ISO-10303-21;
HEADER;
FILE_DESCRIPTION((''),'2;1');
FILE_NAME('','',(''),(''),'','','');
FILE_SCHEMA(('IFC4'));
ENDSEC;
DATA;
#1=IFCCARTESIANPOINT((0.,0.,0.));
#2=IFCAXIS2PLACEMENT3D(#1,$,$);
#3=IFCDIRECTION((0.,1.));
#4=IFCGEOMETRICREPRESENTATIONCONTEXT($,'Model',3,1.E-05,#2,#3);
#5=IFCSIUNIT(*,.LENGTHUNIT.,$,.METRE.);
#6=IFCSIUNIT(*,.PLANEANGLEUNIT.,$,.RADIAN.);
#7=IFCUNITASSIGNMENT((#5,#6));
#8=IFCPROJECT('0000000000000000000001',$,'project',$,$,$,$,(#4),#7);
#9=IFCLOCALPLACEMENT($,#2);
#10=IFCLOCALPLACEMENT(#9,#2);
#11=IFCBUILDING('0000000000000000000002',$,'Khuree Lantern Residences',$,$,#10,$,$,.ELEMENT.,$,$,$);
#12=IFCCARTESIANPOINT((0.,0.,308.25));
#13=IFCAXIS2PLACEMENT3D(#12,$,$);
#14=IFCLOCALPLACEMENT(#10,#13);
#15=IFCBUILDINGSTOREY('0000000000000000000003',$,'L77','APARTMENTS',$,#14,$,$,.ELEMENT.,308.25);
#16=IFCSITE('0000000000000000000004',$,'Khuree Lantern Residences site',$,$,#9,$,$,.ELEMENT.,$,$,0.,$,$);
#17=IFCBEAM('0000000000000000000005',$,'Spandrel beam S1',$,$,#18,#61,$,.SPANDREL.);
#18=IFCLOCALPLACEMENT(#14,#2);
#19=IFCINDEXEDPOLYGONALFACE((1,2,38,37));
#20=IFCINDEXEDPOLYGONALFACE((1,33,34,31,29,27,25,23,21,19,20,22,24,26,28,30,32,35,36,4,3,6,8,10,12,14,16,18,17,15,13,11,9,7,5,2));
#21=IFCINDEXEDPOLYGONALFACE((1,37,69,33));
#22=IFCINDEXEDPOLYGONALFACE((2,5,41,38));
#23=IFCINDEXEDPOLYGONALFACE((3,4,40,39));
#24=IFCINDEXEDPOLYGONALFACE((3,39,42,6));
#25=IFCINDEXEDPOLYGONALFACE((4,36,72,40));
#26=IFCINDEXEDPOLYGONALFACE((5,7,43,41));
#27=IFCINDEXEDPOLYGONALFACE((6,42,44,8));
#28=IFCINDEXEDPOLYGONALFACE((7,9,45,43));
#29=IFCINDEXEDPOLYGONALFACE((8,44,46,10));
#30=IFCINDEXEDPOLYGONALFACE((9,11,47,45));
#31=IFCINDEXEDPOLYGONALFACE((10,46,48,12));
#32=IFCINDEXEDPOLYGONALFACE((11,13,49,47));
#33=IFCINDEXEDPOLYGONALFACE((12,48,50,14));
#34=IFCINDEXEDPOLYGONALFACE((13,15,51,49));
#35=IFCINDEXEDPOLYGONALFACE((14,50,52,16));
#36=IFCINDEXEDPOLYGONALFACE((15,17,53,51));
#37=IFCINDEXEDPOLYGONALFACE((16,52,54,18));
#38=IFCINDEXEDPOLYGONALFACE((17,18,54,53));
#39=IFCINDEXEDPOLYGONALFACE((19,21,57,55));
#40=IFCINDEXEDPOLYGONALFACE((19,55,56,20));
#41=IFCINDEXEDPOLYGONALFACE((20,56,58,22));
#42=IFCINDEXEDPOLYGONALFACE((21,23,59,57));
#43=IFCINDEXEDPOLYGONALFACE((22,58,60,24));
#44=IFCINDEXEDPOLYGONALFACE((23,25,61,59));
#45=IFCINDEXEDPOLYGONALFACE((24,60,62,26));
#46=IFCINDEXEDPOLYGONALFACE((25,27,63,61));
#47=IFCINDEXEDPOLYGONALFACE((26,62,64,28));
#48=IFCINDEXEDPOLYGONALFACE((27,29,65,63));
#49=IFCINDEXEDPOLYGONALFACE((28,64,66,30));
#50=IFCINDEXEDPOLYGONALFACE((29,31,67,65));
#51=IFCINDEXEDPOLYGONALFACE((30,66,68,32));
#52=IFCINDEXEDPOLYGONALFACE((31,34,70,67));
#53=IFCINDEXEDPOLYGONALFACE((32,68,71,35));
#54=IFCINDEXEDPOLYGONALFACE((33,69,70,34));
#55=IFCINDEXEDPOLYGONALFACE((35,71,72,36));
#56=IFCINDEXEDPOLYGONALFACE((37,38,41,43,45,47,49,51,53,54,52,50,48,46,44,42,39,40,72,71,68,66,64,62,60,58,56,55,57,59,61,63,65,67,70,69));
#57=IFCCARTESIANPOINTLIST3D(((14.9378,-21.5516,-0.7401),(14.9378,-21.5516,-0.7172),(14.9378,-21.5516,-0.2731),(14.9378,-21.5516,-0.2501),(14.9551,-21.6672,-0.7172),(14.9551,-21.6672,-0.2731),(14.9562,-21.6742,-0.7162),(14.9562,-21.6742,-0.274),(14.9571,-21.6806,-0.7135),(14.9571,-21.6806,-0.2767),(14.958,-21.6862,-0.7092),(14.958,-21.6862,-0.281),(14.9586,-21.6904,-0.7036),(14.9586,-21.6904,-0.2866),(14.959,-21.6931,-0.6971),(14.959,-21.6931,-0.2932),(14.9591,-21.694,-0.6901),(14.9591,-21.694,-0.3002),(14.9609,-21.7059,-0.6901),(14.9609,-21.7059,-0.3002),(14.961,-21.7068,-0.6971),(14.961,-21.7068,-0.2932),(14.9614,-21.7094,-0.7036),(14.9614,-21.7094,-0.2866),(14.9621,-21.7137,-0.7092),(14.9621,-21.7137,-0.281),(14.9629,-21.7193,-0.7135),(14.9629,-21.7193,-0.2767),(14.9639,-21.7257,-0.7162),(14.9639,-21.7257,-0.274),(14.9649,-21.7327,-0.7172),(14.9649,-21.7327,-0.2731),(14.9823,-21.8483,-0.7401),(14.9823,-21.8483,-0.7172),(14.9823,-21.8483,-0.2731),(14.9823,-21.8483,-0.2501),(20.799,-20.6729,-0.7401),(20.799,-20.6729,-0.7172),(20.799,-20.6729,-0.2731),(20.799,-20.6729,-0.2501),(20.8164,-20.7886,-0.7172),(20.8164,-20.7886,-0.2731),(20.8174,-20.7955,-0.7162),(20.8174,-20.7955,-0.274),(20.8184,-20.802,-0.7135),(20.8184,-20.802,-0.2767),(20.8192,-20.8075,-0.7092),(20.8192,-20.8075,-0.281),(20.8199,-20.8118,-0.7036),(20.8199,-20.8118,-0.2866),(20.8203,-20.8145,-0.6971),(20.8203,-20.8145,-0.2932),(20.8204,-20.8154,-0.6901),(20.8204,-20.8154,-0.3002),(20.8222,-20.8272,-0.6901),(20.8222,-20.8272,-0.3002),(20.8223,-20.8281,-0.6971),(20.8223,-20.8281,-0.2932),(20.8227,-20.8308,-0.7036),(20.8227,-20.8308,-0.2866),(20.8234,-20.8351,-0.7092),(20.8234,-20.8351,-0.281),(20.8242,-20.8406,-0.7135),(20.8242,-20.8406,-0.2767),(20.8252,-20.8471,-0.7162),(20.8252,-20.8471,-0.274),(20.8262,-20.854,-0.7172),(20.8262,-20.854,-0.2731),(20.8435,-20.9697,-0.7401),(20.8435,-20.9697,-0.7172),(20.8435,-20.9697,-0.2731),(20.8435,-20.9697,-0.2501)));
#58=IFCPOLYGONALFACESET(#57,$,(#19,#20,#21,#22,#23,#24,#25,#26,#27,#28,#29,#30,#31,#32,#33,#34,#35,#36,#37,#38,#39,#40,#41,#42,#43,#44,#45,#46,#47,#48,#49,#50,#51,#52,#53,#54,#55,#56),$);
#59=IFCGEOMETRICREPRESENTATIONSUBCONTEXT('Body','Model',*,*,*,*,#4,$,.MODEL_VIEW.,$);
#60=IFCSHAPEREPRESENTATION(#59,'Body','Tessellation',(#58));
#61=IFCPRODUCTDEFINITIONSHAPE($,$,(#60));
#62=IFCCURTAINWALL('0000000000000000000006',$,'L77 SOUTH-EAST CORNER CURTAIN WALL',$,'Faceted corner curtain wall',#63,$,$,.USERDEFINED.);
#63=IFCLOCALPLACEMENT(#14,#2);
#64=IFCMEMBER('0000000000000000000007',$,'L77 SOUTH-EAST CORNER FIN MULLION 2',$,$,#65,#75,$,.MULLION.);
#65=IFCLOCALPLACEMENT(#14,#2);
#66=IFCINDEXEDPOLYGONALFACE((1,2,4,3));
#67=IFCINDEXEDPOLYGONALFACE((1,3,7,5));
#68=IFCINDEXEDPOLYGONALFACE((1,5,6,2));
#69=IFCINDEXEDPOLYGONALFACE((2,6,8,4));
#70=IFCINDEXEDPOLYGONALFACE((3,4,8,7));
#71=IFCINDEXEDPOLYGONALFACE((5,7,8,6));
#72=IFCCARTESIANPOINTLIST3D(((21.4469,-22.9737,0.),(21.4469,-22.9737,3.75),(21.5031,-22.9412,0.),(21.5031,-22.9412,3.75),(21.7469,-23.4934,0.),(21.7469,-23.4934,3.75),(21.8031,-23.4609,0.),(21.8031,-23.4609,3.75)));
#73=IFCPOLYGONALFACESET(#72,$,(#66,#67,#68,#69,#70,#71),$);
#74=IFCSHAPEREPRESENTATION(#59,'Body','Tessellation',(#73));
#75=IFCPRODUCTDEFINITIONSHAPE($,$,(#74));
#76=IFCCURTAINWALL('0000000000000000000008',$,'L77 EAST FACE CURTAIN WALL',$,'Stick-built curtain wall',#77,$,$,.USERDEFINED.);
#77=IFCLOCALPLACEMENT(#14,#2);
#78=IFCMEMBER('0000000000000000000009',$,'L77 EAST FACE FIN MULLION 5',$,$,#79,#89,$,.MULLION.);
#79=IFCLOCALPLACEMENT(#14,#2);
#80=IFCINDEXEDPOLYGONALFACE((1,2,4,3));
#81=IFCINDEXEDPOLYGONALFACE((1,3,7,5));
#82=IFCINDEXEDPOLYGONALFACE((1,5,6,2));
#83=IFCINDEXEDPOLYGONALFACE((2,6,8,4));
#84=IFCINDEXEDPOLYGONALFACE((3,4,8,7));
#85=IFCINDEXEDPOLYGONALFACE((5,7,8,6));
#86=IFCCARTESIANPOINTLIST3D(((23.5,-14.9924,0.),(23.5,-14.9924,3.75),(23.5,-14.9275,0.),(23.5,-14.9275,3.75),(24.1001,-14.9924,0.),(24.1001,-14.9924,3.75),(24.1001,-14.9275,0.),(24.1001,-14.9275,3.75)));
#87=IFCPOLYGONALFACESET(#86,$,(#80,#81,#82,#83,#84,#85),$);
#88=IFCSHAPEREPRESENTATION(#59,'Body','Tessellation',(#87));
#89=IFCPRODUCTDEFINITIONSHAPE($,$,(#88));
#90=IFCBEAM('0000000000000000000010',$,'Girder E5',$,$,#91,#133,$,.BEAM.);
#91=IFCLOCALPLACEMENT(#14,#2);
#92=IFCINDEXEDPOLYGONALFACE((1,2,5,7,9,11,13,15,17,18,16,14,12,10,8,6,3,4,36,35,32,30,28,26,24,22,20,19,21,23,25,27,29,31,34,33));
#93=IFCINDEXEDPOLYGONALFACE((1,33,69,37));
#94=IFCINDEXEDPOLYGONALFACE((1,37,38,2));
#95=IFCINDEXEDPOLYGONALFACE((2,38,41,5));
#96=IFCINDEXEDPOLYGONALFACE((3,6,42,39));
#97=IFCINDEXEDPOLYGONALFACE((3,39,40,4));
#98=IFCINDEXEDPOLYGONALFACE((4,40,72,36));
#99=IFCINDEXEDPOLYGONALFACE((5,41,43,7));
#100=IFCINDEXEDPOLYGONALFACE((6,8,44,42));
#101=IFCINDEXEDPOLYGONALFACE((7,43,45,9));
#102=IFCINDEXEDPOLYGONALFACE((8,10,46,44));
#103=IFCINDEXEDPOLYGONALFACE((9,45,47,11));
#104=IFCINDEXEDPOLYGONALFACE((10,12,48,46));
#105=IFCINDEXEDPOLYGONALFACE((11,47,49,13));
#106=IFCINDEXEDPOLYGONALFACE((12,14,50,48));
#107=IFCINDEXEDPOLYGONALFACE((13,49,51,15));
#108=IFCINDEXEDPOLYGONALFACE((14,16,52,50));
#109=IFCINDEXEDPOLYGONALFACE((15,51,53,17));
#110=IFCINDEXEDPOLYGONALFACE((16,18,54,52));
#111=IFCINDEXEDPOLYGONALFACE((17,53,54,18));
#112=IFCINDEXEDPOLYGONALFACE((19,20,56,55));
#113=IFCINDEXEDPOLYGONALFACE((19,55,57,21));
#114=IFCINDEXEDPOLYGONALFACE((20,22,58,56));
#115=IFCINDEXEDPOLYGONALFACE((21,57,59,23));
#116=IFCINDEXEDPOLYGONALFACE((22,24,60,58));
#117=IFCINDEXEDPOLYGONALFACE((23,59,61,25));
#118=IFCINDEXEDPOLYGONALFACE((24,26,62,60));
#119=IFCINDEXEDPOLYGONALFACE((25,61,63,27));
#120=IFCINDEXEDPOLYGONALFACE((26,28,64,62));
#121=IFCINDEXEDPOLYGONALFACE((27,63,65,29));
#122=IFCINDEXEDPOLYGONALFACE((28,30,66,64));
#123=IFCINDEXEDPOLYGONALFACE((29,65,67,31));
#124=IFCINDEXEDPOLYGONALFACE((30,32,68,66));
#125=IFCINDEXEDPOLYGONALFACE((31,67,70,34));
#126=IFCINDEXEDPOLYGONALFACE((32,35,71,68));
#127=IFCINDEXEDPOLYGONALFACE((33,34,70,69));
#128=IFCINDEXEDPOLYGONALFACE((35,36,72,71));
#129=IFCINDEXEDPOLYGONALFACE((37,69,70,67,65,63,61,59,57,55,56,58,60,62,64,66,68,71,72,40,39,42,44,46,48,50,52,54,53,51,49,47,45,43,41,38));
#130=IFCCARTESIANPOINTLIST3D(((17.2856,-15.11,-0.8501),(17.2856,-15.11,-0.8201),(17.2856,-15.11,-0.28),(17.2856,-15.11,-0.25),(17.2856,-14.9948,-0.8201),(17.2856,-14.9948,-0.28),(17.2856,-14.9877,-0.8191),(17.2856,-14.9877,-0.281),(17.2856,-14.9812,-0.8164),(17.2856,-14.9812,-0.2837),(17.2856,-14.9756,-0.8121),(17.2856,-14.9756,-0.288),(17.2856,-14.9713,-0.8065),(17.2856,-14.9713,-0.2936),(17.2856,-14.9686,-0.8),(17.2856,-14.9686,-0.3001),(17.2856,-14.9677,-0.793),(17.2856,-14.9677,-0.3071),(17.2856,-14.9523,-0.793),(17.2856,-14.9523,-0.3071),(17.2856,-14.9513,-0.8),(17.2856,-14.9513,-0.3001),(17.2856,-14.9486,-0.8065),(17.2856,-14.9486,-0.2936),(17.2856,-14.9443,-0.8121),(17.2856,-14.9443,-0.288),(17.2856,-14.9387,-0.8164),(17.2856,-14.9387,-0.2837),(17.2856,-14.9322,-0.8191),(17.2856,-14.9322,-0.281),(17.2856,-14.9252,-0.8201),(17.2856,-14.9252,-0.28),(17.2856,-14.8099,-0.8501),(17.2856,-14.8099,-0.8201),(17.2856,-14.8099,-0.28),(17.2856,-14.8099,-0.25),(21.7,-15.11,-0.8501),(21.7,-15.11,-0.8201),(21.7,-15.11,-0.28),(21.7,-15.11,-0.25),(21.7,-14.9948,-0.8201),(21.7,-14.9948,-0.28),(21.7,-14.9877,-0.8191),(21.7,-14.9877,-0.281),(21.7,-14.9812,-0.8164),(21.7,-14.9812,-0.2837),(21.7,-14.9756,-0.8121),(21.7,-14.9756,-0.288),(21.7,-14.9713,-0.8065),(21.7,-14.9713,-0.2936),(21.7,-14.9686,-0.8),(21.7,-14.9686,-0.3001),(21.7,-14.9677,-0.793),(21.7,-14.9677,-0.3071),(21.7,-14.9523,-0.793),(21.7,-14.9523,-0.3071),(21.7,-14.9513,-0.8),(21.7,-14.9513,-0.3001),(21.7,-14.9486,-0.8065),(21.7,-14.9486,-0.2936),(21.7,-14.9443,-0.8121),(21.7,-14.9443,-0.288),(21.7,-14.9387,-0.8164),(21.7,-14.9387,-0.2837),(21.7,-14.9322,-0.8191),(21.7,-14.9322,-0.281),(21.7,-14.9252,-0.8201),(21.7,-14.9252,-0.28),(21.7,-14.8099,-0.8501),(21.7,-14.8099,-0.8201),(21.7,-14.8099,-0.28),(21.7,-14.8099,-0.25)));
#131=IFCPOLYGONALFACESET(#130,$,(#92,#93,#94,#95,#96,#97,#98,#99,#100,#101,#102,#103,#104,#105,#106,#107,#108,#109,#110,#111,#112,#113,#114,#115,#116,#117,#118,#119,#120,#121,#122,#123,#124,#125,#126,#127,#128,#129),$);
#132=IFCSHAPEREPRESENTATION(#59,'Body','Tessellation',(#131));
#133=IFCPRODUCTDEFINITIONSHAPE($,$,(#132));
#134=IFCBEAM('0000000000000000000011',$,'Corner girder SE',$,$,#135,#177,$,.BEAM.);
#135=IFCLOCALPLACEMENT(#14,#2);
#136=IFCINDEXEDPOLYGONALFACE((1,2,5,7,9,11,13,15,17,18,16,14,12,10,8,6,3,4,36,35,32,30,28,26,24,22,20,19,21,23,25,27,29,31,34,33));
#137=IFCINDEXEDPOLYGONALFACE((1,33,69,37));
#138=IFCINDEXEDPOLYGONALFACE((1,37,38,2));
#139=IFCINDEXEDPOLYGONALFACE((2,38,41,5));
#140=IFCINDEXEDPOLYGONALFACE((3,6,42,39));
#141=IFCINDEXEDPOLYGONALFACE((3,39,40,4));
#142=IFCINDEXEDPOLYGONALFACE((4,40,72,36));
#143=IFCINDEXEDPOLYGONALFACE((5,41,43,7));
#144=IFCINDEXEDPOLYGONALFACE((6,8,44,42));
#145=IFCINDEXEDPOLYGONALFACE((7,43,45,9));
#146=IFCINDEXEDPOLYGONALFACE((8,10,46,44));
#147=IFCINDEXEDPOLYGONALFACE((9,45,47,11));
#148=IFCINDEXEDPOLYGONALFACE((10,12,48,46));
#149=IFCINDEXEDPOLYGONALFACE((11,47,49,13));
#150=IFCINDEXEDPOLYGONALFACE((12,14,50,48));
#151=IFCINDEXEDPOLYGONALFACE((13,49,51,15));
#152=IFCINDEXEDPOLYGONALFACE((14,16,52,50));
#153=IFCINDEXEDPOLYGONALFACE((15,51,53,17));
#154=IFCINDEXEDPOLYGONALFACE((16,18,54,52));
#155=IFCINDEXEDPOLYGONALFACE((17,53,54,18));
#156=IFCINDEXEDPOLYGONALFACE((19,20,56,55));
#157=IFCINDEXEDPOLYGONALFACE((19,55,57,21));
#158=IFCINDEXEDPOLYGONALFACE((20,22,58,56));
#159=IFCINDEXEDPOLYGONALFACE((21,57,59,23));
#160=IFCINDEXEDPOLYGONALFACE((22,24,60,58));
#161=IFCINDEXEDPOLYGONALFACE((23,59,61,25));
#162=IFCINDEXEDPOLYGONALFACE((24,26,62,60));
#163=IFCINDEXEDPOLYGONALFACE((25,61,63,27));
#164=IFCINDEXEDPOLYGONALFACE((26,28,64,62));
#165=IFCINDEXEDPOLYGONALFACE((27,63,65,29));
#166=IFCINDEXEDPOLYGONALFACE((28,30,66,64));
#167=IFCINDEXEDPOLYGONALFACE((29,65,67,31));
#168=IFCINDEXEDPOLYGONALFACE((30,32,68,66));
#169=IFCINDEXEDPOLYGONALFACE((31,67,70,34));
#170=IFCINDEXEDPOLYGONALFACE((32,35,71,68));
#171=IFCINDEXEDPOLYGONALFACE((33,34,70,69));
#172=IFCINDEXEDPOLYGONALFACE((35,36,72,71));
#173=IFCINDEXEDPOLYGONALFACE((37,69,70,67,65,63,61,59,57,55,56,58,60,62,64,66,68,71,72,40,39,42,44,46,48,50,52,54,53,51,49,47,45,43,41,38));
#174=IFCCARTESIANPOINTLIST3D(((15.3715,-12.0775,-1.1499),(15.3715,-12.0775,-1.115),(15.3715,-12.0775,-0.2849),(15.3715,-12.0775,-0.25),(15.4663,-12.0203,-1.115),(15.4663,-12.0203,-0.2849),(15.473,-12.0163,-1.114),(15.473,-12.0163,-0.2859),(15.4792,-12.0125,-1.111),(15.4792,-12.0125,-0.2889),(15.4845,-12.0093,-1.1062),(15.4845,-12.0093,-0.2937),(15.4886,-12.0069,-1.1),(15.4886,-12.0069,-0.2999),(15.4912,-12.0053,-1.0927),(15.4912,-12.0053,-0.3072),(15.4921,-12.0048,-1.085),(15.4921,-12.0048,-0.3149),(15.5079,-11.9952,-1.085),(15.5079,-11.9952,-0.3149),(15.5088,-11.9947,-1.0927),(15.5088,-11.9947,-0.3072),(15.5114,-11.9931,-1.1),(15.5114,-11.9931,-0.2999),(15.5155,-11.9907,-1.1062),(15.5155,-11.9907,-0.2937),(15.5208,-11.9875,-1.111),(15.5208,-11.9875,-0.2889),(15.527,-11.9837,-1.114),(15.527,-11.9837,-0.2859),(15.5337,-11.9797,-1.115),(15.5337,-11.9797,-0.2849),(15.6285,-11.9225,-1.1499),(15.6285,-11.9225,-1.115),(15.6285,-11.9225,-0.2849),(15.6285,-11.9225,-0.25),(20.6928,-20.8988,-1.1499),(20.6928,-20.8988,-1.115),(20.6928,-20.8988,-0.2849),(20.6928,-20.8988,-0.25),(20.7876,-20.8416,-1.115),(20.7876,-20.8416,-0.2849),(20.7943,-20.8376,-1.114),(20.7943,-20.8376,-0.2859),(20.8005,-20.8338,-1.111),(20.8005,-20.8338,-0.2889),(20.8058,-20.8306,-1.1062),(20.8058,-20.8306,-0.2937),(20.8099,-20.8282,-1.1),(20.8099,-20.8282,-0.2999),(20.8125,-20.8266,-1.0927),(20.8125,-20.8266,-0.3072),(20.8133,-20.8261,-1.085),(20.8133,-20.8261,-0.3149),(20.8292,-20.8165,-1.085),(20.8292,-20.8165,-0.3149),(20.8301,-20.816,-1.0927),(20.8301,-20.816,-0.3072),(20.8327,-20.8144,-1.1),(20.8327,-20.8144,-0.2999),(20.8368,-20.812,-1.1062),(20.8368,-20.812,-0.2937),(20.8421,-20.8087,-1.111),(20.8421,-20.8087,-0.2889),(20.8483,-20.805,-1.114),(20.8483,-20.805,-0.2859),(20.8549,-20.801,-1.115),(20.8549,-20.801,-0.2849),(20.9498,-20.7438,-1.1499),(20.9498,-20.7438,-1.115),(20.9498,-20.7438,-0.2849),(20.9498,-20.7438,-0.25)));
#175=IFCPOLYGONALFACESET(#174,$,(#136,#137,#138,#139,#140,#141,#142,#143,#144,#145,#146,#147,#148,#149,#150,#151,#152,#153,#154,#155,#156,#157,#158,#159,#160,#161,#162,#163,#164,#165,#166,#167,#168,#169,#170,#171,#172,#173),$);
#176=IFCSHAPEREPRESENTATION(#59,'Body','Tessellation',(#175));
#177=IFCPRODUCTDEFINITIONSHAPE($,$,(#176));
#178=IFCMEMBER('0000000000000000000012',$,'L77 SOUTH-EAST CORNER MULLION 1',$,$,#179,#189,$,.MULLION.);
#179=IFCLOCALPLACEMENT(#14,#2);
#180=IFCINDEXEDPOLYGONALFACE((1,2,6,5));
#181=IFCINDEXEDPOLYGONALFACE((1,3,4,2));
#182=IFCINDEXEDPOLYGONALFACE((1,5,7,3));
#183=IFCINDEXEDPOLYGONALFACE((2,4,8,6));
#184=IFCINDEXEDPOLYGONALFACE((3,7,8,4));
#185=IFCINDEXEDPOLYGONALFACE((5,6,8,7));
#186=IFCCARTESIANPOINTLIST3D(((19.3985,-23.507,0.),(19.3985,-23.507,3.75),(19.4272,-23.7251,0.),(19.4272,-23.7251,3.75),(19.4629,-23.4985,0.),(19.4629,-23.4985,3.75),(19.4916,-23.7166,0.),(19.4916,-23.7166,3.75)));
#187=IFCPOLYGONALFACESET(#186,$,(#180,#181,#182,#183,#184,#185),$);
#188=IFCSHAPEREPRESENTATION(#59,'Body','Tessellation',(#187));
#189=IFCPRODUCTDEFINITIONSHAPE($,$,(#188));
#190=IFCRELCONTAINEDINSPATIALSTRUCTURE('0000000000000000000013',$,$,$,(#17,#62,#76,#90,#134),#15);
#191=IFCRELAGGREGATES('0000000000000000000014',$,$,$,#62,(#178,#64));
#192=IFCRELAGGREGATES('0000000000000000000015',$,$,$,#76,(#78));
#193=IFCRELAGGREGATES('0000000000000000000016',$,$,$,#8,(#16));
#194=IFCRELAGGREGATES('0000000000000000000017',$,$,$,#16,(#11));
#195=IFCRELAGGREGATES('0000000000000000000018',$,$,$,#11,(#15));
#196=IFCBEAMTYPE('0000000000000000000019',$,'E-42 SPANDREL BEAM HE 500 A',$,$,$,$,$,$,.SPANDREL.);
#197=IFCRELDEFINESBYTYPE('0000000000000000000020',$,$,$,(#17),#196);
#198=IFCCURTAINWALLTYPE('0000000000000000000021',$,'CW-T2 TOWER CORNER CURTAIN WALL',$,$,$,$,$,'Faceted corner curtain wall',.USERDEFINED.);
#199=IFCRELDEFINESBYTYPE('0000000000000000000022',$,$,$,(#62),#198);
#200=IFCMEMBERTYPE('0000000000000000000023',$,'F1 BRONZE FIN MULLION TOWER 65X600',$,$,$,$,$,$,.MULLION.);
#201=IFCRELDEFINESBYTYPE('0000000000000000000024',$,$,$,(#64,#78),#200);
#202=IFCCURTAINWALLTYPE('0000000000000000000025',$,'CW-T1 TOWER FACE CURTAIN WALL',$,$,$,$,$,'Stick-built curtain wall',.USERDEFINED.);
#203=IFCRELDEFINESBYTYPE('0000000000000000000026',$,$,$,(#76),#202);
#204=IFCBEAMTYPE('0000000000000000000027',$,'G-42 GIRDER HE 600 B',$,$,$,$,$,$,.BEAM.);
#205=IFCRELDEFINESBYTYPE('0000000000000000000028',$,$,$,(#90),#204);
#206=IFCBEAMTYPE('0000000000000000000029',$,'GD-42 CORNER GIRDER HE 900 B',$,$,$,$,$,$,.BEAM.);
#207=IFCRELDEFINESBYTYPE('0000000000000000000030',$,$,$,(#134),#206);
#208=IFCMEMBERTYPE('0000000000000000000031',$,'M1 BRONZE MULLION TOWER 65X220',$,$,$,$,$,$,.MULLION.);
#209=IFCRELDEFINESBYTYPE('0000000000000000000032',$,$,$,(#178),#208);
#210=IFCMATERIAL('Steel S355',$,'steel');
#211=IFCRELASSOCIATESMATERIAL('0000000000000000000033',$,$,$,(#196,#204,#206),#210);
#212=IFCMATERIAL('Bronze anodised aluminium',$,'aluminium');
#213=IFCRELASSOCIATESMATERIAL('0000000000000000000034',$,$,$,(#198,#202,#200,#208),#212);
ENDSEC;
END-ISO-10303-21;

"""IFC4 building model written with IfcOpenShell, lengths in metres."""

from ifc_helpers import new_model, si_unit, direction, frame, origin, origin_2d, place, context, subcontext, project, spatial, rectangle, i_section, extrude, material, material_profile, profile_set, type_object, element, aggregate, save


model = new_model("IFC4")

# Units and contexts
model_context = context("Model", 3, precision=1e-05, world=origin(), true_north=direction((0.0, 1.0)))
body_context = subcontext(model_context, "Body", "Model", "MODEL_VIEW")
ifc_project = project(units=[si_unit("LENGTHUNIT", "METRE"), si_unit("PLANEANGLEUNIT", "RADIAN")], contexts=[model_context])

# Site, building, storey
site_placement = place(None, origin())
site = spatial("IfcSite", under=ifc_project, at=site_placement, Name="Khuree Lantern Residences site", CompositionType="ELEMENT", RefElevation=0.0)
building_placement = place(site_placement, origin())
building = spatial("IfcBuilding", under=site, at=building_placement, Name="Khuree Lantern Residences", CompositionType="ELEMENT")
storey_placement = place(building_placement, frame((0.0, 0.0, 308.25)))
storey = spatial("IfcBuildingStorey", under=building, at=storey_placement, Name="L77", Description="APARTMENTS", CompositionType="ELEMENT", Elevation=308.25)

# Beam
ifc_material_1 = material(Name="Steel S355", Category="steel")
ifc_material_profile_1 = material_profile(ifc_material_1, i_section(OverallWidth=0.3, OverallDepth=0.49, WebThickness=0.012, FlangeThickness=0.0229, FilletRadius=0.0271, at=origin_2d()), Name="HE 500 A")
ifc_profile_set_1 = profile_set([ifc_material_profile_1], Name="Steel S355")
beam_type_1 = type_object("IfcBeamType", Name="E-42 SPANDREL BEAM HE 500 A", PredefinedType="SPANDREL", material=ifc_profile_set_1)
for number, where, z_axis, x_axis, name in (
    (1, (20.8213, -20.8213, -0.4951), (-0.98895, -0.148252, 0.0), (0.148252, -0.98895, 0.0), "Spandrel beam S1"),
):
    element("IfcBeam", number, at=place(storey_placement, frame(where, z_axis=z_axis, x_axis=x_axis)), inside=storey, type_object=beam_type_1, Name=name, PredefinedType="SPANDREL", context=body_context, shape_type="SweptSolid", body=[
        extrude(i_section(OverallWidth=0.3, OverallDepth=0.49, WebThickness=0.012, FlangeThickness=0.0229, FilletRadius=0.0271, at=origin_2d()), origin(), (0.0, 0.0, 1.0), 5.9268),
    ])

# Curtain walls, members
ifc_material_2 = material(Name="Bronze anodised aluminium", Category="aluminium")
curtain_wall_type_1 = type_object("IfcCurtainWallType", Name="CW-T2 TOWER CORNER CURTAIN WALL", ElementType="Faceted corner curtain wall", PredefinedType="USERDEFINED", material=ifc_material_2)
curtain_wall_1_placement = place(storey_placement, origin())
curtain_wall_1 = element("IfcCurtainWall", 2, at=curtain_wall_1_placement, inside=storey, type_object=curtain_wall_type_1, Name="L77 SOUTH-EAST CORNER CURTAIN WALL", ObjectType="Faceted corner curtain wall", PredefinedType="USERDEFINED")
ifc_material_profile_2 = material_profile(ifc_material_2, rectangle(XDim=0.0649, YDim=0.6001, at=origin_2d()), Name="F1 65X600")
ifc_profile_set_2 = profile_set([ifc_material_profile_2], Name="Bronze anodised aluminium")
member_type_1 = type_object("IfcMemberType", Name="F1 BRONZE FIN MULLION TOWER 65X600", PredefinedType="MULLION", material=ifc_profile_set_2)
member_1_placement = place(storey_placement, frame((21.625, -23.2173, 0.0), z_axis=(0.0, 0.0, 1.0), x_axis=(0.866025, 0.5, 0.0)))
member_1 = element("IfcMember", 3, at=member_1_placement, type_object=member_type_1, Name="L77 SOUTH-EAST CORNER FIN MULLION 2", PredefinedType="MULLION", context=body_context, shape_type="SweptSolid", body=[
    extrude(rectangle(XDim=0.0649, YDim=0.6001, at=origin_2d()), origin(), (0.0, 0.0, 1.0), 3.75),
])
curtain_wall_type_2 = type_object("IfcCurtainWallType", Name="CW-T1 TOWER FACE CURTAIN WALL", ElementType="Stick-built curtain wall", PredefinedType="USERDEFINED", material=ifc_material_2)
curtain_wall_2_placement = place(storey_placement, origin())
curtain_wall_2 = element("IfcCurtainWall", 4, at=curtain_wall_2_placement, inside=storey, type_object=curtain_wall_type_2, Name="L77 EAST FACE CURTAIN WALL", ObjectType="Stick-built curtain wall", PredefinedType="USERDEFINED")
member_2_placement = place(storey_placement, frame((23.8, -14.96, 0.0), z_axis=(0.0, 0.0, 1.0), x_axis=(0.0, 1.0, 0.0)))
member_2 = element("IfcMember", 5, at=member_2_placement, type_object=member_type_1, Name="L77 EAST FACE FIN MULLION 5", PredefinedType="MULLION", context=body_context, shape_type="SweptSolid", body=[
    extrude(rectangle(XDim=0.0649, YDim=0.6001, at=origin_2d()), origin(), (0.0, 0.0, 1.0), 3.75),
])

# Beams
ifc_material_profile_3 = material_profile(ifc_material_1, i_section(OverallWidth=0.3, OverallDepth=0.6001, WebThickness=0.0154, FlangeThickness=0.03, FilletRadius=0.0271, at=origin_2d()), Name="HE 600 B")
ifc_profile_set_3 = profile_set([ifc_material_profile_3], Name="Steel S355")
beam_type_2 = type_object("IfcBeamType", Name="G-42 GIRDER HE 600 B", PredefinedType="BEAM", material=ifc_profile_set_3)
beam_1_placement = place(storey_placement, frame((21.7, -14.96, -0.55), z_axis=(-1.0, 0.0, 0.0), x_axis=(0.0, -1.0, 0.0)))
element("IfcBeam", 6, at=beam_1_placement, inside=storey, type_object=beam_type_2, Name="Girder E5", PredefinedType="BEAM", context=body_context, shape_type="SweptSolid", body=[
    extrude(i_section(OverallWidth=0.3, OverallDepth=0.6001, WebThickness=0.0154, FlangeThickness=0.03, FilletRadius=0.0271, at=origin_2d()), origin(), (0.0, 0.0, 1.0), 4.4143),
])
ifc_material_profile_4 = material_profile(ifc_material_1, i_section(OverallWidth=0.3, OverallDepth=0.8999, WebThickness=0.0186, FlangeThickness=0.0349, FilletRadius=0.03, at=origin_2d()), Name="HE 900 B")
ifc_profile_set_4 = profile_set([ifc_material_profile_4], Name="Steel S355")
beam_type_3 = type_object("IfcBeamType", Name="GD-42 CORNER GIRDER HE 900 B", PredefinedType="BEAM", material=ifc_profile_set_4)
beam_2_placement = place(storey_placement, frame((20.8213, -20.8213, -0.7), z_axis=(-0.51653, 0.856269, 0.0), x_axis=(-0.856269, -0.51653, 0.0)))
element("IfcBeam", 7, at=beam_2_placement, inside=storey, type_object=beam_type_3, Name="Corner girder SE", PredefinedType="BEAM", context=body_context, shape_type="SweptSolid", body=[
    extrude(i_section(OverallWidth=0.3, OverallDepth=0.8999, WebThickness=0.0186, FlangeThickness=0.0349, FilletRadius=0.03, at=origin_2d()), origin(), (0.0, 0.0, 1.0), 10.302),
])

# Member
ifc_material_profile_5 = material_profile(ifc_material_2, rectangle(XDim=0.0649, YDim=0.22, at=origin_2d()), Name="M1 65X220")
ifc_profile_set_5 = profile_set([ifc_material_profile_5], Name="Bronze anodised aluminium")
member_type_2 = type_object("IfcMemberType", Name="M1 BRONZE MULLION TOWER 65X220", PredefinedType="MULLION", material=ifc_profile_set_5)
member_3_placement = place(storey_placement, frame((19.4451, -23.6118, 0.0), z_axis=(0.0, 0.0, 1.0), x_axis=(0.991445, 0.130526, 0.0)))
member_3 = element("IfcMember", 8, at=member_3_placement, type_object=member_type_2, Name="L77 SOUTH-EAST CORNER MULLION 1", PredefinedType="MULLION", context=body_context, shape_type="SweptSolid", body=[
    extrude(rectangle(XDim=0.0649, YDim=0.22, at=origin_2d()), origin(), (0.0, 0.0, 1.0), 3.75),
])

aggregate(curtain_wall_1, [member_3, member_1])
aggregate(curtain_wall_2, [member_2])

save(model, "model.ifc")
